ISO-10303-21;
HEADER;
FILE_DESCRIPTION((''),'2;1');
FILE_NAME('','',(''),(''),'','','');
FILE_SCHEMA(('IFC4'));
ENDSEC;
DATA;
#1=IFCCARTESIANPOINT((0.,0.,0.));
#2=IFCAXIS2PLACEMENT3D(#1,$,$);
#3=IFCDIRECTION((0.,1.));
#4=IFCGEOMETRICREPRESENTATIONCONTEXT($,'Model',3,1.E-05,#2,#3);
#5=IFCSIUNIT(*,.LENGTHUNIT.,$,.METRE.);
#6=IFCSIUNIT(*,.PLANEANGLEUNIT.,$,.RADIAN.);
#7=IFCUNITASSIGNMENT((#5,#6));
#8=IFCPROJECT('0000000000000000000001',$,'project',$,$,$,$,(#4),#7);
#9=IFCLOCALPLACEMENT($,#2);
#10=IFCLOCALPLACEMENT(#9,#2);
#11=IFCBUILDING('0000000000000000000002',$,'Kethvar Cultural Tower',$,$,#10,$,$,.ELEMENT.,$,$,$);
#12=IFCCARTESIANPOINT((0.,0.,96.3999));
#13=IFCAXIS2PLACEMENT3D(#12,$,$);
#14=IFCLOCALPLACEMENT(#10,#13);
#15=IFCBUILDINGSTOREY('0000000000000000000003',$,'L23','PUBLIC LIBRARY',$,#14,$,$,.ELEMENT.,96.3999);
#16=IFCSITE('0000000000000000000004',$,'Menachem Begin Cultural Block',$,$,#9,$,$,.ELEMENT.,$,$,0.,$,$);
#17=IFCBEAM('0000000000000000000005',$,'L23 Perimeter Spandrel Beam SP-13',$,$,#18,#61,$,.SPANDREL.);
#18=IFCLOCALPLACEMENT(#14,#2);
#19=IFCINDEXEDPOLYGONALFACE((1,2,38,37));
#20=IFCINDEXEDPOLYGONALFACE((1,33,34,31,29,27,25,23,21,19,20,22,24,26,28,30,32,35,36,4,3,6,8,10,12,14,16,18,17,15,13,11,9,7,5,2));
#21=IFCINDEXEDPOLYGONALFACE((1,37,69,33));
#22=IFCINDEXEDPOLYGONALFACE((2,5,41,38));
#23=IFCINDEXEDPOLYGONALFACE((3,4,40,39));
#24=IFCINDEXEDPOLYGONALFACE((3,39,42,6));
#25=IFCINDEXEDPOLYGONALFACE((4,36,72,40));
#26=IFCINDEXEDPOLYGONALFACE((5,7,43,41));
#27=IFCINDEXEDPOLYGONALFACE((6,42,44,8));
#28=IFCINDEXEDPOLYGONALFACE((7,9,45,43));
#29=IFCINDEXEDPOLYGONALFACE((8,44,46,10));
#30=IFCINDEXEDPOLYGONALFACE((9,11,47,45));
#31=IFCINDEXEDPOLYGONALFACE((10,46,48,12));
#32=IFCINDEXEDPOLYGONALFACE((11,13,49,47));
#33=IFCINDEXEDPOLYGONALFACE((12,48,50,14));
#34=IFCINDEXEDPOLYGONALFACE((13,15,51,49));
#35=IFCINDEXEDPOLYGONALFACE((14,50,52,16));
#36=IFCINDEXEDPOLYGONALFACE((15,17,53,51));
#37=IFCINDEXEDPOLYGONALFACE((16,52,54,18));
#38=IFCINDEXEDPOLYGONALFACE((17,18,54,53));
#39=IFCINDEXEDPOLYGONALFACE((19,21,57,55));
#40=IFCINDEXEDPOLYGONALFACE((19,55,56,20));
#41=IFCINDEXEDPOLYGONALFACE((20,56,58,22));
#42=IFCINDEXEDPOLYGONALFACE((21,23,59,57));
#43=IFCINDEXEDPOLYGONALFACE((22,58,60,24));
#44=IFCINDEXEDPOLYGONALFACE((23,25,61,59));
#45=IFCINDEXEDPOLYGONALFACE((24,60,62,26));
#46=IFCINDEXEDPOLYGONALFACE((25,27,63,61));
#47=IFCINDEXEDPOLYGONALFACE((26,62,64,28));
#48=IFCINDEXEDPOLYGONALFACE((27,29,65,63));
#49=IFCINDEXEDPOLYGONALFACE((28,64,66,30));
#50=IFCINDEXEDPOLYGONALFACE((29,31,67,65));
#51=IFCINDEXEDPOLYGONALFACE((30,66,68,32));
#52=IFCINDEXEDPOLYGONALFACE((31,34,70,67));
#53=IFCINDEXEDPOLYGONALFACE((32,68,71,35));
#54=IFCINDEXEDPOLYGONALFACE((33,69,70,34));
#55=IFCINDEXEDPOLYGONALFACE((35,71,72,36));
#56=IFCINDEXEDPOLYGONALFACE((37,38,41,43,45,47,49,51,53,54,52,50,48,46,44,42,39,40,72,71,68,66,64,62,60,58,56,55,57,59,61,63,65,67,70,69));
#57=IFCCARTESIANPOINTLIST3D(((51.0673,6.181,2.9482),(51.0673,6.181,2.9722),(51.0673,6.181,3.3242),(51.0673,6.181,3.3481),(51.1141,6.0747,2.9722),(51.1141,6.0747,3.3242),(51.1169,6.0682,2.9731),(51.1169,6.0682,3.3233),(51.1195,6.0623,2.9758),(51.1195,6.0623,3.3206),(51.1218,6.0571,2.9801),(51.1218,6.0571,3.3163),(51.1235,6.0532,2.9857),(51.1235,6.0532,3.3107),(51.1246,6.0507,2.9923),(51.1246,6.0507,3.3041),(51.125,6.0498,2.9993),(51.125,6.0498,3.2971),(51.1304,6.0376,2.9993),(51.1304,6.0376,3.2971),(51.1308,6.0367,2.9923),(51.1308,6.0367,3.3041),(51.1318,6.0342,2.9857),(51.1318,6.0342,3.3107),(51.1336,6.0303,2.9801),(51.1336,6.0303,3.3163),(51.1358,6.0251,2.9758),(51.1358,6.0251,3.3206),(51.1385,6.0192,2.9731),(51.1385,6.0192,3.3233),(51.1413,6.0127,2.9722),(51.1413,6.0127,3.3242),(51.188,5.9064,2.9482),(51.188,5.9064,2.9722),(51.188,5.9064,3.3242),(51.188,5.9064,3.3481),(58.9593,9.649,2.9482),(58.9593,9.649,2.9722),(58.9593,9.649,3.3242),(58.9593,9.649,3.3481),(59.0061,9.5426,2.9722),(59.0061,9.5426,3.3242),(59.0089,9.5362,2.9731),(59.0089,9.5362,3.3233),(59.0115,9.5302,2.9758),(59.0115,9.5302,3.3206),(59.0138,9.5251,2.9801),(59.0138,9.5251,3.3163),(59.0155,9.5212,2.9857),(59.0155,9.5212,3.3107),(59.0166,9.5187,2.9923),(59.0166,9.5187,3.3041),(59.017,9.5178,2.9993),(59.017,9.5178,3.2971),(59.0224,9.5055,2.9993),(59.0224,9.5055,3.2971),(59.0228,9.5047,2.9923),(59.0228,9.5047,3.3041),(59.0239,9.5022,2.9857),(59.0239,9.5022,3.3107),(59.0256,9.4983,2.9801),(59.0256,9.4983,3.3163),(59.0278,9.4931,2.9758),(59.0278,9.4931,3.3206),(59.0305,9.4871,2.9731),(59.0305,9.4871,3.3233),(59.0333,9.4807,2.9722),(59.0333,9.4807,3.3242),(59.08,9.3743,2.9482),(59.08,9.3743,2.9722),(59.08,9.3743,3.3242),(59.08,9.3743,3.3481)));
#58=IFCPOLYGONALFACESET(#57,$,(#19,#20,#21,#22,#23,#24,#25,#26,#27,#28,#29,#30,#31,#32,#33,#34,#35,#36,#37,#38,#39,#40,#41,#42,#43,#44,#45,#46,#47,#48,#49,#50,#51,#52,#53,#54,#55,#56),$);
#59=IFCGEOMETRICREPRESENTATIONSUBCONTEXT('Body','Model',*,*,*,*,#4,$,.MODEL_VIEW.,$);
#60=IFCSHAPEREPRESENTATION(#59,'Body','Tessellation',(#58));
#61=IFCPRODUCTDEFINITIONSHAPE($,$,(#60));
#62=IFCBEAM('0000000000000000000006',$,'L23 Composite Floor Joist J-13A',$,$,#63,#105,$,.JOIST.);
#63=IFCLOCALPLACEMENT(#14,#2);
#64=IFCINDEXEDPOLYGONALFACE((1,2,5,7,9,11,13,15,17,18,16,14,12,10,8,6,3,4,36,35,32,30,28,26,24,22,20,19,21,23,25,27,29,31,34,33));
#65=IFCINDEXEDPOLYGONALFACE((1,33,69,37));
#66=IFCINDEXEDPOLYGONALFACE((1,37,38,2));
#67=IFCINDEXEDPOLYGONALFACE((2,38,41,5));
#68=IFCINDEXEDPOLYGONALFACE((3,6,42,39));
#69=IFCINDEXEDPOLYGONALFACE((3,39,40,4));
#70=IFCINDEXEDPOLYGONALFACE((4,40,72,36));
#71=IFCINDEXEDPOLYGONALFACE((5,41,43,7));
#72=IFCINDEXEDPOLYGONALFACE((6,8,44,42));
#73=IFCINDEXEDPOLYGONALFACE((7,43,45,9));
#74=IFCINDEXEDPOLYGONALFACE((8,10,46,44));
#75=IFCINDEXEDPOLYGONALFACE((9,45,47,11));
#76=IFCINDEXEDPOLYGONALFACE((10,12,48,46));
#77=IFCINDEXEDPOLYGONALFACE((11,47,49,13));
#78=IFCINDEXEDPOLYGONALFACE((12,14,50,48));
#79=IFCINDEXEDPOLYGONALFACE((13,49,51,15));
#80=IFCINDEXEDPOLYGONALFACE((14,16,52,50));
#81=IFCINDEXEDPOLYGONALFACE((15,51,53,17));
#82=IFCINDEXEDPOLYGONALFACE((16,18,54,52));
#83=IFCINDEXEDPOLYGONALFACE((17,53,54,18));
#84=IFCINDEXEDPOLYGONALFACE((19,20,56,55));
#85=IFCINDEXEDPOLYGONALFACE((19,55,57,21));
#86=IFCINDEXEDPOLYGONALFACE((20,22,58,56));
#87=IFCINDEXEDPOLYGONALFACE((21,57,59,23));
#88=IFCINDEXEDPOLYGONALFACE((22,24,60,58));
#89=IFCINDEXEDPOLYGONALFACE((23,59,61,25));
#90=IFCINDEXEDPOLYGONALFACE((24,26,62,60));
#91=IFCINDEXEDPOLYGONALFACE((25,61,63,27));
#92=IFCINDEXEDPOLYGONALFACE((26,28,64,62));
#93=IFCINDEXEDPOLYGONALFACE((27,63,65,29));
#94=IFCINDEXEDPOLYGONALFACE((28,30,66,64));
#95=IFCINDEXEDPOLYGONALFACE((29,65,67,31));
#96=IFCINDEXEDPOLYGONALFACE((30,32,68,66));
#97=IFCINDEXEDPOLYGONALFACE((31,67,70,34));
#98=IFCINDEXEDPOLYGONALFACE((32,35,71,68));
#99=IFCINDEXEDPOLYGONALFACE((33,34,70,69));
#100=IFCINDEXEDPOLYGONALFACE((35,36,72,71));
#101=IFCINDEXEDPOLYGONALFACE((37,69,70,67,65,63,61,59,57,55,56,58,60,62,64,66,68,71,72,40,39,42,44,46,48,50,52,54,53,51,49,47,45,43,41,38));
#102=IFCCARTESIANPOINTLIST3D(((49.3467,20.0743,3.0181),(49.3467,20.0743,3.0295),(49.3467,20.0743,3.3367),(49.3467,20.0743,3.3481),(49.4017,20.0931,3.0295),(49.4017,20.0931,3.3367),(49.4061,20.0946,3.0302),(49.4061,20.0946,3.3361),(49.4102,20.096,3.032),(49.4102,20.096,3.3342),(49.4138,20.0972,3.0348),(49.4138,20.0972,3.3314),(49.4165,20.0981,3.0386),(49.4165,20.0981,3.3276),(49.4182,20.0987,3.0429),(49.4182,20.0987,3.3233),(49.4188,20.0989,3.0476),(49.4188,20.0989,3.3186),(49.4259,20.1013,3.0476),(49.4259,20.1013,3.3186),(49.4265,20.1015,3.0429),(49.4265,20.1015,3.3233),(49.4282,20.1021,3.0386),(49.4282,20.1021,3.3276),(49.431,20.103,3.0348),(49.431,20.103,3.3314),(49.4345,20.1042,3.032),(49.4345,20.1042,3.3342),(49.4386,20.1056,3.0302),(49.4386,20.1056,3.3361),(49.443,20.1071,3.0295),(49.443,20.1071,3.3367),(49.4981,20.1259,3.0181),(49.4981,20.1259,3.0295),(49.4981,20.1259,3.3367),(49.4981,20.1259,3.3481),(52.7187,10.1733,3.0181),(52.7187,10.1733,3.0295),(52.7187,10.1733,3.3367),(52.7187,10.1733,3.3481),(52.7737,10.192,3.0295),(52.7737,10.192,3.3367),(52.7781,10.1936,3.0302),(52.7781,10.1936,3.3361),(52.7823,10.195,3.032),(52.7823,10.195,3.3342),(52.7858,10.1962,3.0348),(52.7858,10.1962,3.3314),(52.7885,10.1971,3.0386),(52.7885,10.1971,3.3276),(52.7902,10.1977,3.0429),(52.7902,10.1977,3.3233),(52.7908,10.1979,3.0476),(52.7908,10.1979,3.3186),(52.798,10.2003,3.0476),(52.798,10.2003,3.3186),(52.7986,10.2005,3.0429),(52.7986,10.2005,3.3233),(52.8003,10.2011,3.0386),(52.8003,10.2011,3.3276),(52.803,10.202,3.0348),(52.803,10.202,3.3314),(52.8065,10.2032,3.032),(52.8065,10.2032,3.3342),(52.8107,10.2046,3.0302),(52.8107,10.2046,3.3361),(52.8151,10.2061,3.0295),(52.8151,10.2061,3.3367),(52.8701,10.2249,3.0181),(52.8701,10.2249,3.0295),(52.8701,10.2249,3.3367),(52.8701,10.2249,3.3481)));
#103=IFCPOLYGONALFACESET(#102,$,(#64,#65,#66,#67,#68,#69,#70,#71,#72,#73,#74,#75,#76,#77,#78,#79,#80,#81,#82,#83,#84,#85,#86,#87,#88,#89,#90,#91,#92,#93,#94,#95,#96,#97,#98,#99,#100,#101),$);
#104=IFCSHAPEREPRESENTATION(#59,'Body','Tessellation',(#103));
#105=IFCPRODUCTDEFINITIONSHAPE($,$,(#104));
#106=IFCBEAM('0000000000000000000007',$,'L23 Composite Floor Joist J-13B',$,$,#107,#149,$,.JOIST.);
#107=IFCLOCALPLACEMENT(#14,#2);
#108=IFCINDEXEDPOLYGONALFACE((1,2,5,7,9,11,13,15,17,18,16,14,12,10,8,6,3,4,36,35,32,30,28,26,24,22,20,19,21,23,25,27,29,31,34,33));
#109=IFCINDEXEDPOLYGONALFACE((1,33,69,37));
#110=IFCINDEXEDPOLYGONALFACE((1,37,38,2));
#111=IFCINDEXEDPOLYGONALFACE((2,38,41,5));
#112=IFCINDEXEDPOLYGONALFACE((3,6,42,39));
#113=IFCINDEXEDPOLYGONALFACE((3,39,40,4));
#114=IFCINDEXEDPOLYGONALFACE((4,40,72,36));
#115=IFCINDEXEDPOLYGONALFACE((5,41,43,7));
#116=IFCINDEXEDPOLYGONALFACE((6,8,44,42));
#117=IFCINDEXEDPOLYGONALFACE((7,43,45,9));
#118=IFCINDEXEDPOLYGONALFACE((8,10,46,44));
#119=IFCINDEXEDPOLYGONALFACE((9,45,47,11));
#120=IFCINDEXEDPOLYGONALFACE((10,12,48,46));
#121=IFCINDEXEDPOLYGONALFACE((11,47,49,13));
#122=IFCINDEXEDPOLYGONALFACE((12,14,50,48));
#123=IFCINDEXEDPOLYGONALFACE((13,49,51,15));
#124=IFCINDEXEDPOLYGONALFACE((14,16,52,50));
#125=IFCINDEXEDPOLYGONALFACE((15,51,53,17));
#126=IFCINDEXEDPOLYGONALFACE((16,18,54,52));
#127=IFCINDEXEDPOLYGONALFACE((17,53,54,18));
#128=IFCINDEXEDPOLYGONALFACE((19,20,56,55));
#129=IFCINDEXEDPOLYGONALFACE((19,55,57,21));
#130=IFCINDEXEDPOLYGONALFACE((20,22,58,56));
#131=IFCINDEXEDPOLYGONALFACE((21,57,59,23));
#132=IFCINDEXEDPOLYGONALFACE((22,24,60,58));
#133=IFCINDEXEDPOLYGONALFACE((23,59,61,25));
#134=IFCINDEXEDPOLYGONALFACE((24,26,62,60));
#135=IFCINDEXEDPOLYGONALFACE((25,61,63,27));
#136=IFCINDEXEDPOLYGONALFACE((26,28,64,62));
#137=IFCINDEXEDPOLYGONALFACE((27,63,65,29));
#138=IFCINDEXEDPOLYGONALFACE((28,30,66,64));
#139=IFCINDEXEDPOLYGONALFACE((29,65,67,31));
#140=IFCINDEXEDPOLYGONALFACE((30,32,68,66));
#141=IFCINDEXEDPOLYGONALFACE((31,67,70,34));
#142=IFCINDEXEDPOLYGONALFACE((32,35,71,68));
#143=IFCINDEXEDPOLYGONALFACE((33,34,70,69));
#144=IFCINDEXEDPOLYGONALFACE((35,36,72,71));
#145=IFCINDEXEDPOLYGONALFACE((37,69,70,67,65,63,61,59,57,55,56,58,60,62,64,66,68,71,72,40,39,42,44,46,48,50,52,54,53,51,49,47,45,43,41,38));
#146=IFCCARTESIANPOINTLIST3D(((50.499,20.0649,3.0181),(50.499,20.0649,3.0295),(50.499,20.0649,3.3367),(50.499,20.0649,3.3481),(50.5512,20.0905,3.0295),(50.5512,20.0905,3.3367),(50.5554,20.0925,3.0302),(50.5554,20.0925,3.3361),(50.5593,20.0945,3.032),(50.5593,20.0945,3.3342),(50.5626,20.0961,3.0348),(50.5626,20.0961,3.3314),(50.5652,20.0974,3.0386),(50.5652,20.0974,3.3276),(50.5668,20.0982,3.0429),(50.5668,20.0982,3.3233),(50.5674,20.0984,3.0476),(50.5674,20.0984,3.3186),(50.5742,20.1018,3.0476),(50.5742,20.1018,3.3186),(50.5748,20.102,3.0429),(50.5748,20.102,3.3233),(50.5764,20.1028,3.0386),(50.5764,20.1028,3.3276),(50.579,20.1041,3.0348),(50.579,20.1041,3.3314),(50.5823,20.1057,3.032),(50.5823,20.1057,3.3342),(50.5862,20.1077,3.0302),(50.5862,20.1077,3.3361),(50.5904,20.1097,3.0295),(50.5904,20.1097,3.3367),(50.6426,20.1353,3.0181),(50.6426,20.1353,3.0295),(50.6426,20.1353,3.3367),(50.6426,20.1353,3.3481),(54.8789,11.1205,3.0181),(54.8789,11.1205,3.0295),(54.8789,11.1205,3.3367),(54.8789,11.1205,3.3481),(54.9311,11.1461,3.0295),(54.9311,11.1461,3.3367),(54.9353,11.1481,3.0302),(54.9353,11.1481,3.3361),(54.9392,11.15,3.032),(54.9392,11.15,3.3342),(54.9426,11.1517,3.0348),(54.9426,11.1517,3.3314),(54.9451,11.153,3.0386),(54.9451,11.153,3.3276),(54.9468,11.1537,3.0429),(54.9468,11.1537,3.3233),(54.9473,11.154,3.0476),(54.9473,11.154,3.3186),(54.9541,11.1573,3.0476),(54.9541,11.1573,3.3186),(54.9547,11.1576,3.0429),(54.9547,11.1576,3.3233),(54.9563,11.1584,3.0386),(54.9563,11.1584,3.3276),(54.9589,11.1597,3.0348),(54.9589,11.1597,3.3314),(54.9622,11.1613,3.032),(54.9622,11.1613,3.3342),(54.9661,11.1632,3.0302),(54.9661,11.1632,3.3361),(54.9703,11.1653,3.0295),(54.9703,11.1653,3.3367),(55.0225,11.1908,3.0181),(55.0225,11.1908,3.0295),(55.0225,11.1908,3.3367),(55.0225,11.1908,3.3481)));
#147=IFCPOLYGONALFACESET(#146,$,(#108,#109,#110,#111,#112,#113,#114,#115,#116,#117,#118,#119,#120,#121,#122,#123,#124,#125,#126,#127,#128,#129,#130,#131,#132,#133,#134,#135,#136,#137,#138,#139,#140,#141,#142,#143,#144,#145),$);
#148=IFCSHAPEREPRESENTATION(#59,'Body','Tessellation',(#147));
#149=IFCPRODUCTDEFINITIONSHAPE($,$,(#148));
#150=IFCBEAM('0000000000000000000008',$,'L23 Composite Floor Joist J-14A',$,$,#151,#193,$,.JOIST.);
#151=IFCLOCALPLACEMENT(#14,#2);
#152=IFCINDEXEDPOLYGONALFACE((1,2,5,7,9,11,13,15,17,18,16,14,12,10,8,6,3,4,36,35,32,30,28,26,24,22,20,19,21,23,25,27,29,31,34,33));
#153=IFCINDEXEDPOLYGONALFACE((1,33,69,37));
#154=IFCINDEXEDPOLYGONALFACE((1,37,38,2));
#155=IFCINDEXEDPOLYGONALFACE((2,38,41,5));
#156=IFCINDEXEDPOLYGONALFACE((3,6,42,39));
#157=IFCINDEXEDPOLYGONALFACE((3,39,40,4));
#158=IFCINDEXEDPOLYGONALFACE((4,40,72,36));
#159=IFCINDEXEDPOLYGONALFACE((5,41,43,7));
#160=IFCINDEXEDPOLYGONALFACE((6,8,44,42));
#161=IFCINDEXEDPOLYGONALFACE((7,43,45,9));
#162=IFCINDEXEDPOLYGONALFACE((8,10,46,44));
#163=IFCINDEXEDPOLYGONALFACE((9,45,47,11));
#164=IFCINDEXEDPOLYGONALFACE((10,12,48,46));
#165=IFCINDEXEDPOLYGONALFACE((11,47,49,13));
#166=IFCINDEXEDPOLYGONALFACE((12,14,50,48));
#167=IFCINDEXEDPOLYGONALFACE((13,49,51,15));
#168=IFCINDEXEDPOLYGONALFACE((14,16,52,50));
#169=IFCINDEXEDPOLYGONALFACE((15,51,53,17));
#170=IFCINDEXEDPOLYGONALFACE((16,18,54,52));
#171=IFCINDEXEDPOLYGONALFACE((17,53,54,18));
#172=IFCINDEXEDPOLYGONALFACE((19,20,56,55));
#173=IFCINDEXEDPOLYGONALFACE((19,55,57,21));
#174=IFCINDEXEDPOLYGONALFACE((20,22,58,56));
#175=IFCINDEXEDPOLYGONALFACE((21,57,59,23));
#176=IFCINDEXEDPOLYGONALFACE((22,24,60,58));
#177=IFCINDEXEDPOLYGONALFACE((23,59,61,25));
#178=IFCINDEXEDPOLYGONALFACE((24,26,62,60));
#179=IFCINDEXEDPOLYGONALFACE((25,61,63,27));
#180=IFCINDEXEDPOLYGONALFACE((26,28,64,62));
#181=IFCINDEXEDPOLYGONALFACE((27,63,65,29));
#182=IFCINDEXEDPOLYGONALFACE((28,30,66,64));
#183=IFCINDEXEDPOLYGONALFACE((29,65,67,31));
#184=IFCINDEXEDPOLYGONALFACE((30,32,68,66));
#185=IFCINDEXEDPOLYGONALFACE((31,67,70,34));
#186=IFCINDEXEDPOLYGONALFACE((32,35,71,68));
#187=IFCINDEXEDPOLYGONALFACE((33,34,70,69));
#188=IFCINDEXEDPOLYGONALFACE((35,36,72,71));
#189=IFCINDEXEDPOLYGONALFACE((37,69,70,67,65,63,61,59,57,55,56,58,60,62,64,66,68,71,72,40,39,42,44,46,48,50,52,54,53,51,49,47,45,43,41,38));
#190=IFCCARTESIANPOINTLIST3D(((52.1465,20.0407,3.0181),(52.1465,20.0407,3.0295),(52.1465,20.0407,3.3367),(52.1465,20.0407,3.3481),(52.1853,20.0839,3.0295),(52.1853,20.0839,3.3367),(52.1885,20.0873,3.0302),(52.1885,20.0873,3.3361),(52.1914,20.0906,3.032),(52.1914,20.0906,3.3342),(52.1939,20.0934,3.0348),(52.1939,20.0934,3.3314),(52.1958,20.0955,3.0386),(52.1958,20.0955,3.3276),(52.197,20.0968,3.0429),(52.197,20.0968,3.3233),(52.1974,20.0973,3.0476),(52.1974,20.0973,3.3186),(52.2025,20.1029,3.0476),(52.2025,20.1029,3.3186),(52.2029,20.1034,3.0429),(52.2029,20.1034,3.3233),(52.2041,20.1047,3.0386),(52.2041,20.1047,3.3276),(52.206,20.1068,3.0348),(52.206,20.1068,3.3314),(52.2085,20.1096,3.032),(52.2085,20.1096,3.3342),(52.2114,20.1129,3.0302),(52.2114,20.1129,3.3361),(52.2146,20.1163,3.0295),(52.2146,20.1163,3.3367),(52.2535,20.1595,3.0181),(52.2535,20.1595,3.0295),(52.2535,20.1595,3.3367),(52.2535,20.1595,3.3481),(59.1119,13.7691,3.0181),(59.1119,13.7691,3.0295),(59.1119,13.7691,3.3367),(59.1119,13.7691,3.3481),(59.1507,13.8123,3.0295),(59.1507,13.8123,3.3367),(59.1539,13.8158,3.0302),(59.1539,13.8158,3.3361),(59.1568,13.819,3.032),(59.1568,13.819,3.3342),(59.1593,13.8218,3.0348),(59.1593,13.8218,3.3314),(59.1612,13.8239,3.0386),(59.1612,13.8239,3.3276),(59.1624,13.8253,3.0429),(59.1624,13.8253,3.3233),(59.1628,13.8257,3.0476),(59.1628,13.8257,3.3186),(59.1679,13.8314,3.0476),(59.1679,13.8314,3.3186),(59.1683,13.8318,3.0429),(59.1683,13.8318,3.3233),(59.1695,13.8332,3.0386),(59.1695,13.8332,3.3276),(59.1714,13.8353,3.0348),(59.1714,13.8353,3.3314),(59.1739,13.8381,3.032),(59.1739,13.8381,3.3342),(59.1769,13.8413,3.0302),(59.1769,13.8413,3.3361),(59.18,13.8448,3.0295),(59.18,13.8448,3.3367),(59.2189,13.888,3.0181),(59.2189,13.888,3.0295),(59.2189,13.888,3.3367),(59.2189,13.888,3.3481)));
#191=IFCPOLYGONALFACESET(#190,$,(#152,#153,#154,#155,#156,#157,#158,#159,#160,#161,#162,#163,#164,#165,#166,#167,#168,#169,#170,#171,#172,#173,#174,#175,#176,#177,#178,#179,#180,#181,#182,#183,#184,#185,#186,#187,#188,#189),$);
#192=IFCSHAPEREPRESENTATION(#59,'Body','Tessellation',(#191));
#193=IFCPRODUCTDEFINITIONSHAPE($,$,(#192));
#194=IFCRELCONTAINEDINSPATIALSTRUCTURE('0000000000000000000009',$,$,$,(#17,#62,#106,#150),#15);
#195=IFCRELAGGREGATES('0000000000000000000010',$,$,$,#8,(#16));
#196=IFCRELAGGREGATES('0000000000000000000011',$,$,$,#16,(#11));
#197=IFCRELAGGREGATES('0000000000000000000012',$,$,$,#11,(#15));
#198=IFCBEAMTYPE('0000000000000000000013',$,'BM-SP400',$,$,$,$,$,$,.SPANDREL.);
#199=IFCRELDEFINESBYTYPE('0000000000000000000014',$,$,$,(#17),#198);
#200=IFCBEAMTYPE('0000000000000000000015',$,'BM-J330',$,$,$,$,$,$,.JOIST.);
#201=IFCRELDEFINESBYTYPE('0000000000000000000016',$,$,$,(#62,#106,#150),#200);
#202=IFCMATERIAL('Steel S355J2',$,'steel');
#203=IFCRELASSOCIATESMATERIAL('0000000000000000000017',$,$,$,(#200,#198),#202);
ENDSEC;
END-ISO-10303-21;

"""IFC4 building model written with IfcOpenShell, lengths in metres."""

from ifc_helpers import new_model, si_unit, direction, frame, origin, origin_2d, place, context, subcontext, project, spatial, i_section, extrude, source, transform, mapped, material, material_profile, profile_set, type_object, element, save


model = new_model("IFC4")

# Units and contexts
model_context = context("Model", 3, precision=1e-05, world=origin(), true_north=direction((0.0, 1.0)))
body_context = subcontext(model_context, "Body", "Model", "MODEL_VIEW")
ifc_project = project(units=[si_unit("LENGTHUNIT", "METRE"), si_unit("PLANEANGLEUNIT", "RADIAN")], contexts=[model_context])

# Site, building, storey
site_placement = place(None, origin())
site = spatial("IfcSite", under=ifc_project, at=site_placement, Name="Menachem Begin Cultural Block", CompositionType="ELEMENT", RefElevation=0.0)
building_placement = place(site_placement, origin())
building = spatial("IfcBuilding", under=site, at=building_placement, Name="Kethvar Cultural Tower", CompositionType="ELEMENT")
storey_placement = place(building_placement, frame((0.0, 0.0, 96.3999)))
storey = spatial("IfcBuildingStorey", under=building, at=storey_placement, Name="L23", Description="PUBLIC LIBRARY", CompositionType="ELEMENT", Elevation=96.3999)

# Beams
ifc_material_1 = material(Name="Steel S355J2", Category="steel")
ifc_material_profile_1 = material_profile(ifc_material_1, i_section(OverallWidth=0.1599, OverallDepth=0.3301, WebThickness=0.0076, FlangeThickness=0.0115, FilletRadius=0.0181, at=origin_2d()), Name="Steel S355J2 — IPE330")
ifc_profile_set_1 = profile_set([ifc_material_profile_1], Name="Steel S355J2 — IPE330")
beam_type_1 = type_object("IfcBeamType", Name="BM-J330", PredefinedType="JOIST", material=ifc_profile_set_1)
ifc_material_profile_2 = material_profile(ifc_material_1, i_section(OverallWidth=0.3, OverallDepth=0.3999, WebThickness=0.0134, FlangeThickness=0.0239, FilletRadius=0.0271, at=origin_2d()), Name="Steel S355J2 — HEB400")
ifc_profile_set_2 = profile_set([ifc_material_profile_2], Name="Steel S355J2 — HEB400")
beam_type_2 = type_object("IfcBeamType", Name="BM-SP400", PredefinedType="SPANDREL", material=ifc_profile_set_2)
shared_shape_1 = source(origin(), body_context, "Body", "SweptSolid", [
    extrude(i_section(OverallWidth=0.3, OverallDepth=0.3999, WebThickness=0.0134, FlangeThickness=0.0239, FilletRadius=0.0271, at=origin_2d()), origin(), (0.0, 0.0, 1.0), 8.6204),
])
beam_1_placement = place(storey_placement, frame((51.1277, 6.0437, 3.1482), z_axis=(0.915507, 0.402301, 0.0), x_axis=(-0.402301, 0.915507, 0.0)))
element("IfcBeam", 1, at=beam_1_placement, inside=storey, type_object=beam_type_2, Name="L23 Perimeter Spandrel Beam SP-13", PredefinedType="SPANDREL", context=body_context, shape_type="MappedRepresentation", body=[
    mapped(shared_shape_1, transform((0.0, 0.0, 0.0), scale=1.0)),
])
shared_shape_2 = source(origin(), body_context, "Body", "SweptSolid", [
    extrude(i_section(OverallWidth=0.1599, OverallDepth=0.3301, WebThickness=0.0076, FlangeThickness=0.0115, FilletRadius=0.0181, at=origin_2d()), origin(), (0.0, 0.0, 1.0), 10.4595),
])
beam_2_placement = place(storey_placement, frame((49.4224, 20.1001, 3.1831), z_axis=(0.32239, -0.946607, 0.0), x_axis=(0.946607, 0.32239, 0.0)))
element("IfcBeam", 2, at=beam_2_placement, inside=storey, type_object=beam_type_1, Name="L23 Composite Floor Joist J-13A", PredefinedType="JOIST", context=body_context, shape_type="MappedRepresentation", body=[
    mapped(shared_shape_2, transform((0.0, 0.0, 0.0), scale=1.0)),
])
shared_shape_3 = source(origin(), body_context, "Body", "SweptSolid", [
    extrude(i_section(OverallWidth=0.1599, OverallDepth=0.3301, WebThickness=0.0076, FlangeThickness=0.0115, FilletRadius=0.0181, at=origin_2d()), origin(), (0.0, 0.0, 1.0), 9.9592),
])
beam_3_placement = place(storey_placement, frame((50.5708, 20.1001, 3.1831), z_axis=(0.439785, -0.898103, 0.0), x_axis=(0.898103, 0.439785, 0.0)))
element("IfcBeam", 3, at=beam_3_placement, inside=storey, type_object=beam_type_1, Name="L23 Composite Floor Joist J-13B", PredefinedType="JOIST", context=body_context, shape_type="MappedRepresentation", body=[
    mapped(shared_shape_3, transform((0.0, 0.0, 0.0), scale=1.0)),
])
shared_shape_4 = source(origin(), body_context, "Body", "SweptSolid", [
    extrude(i_section(OverallWidth=0.1599, OverallDepth=0.3301, WebThickness=0.0076, FlangeThickness=0.0115, FilletRadius=0.0181, at=origin_2d()), origin(), (0.0, 0.0, 1.0), 9.3728),
])
beam_4_placement = place(storey_placement, frame((52.2, 20.1001, 3.1831), z_axis=(0.743152, -0.669123, 0.0), x_axis=(0.669123, 0.743152, 0.0)))
element("IfcBeam", 4, at=beam_4_placement, inside=storey, type_object=beam_type_1, Name="L23 Composite Floor Joist J-14A", PredefinedType="JOIST", context=body_context, shape_type="MappedRepresentation", body=[
    mapped(shared_shape_4, transform((0.0, 0.0, 0.0), scale=1.0)),
])

save(model, "model.ifc")
